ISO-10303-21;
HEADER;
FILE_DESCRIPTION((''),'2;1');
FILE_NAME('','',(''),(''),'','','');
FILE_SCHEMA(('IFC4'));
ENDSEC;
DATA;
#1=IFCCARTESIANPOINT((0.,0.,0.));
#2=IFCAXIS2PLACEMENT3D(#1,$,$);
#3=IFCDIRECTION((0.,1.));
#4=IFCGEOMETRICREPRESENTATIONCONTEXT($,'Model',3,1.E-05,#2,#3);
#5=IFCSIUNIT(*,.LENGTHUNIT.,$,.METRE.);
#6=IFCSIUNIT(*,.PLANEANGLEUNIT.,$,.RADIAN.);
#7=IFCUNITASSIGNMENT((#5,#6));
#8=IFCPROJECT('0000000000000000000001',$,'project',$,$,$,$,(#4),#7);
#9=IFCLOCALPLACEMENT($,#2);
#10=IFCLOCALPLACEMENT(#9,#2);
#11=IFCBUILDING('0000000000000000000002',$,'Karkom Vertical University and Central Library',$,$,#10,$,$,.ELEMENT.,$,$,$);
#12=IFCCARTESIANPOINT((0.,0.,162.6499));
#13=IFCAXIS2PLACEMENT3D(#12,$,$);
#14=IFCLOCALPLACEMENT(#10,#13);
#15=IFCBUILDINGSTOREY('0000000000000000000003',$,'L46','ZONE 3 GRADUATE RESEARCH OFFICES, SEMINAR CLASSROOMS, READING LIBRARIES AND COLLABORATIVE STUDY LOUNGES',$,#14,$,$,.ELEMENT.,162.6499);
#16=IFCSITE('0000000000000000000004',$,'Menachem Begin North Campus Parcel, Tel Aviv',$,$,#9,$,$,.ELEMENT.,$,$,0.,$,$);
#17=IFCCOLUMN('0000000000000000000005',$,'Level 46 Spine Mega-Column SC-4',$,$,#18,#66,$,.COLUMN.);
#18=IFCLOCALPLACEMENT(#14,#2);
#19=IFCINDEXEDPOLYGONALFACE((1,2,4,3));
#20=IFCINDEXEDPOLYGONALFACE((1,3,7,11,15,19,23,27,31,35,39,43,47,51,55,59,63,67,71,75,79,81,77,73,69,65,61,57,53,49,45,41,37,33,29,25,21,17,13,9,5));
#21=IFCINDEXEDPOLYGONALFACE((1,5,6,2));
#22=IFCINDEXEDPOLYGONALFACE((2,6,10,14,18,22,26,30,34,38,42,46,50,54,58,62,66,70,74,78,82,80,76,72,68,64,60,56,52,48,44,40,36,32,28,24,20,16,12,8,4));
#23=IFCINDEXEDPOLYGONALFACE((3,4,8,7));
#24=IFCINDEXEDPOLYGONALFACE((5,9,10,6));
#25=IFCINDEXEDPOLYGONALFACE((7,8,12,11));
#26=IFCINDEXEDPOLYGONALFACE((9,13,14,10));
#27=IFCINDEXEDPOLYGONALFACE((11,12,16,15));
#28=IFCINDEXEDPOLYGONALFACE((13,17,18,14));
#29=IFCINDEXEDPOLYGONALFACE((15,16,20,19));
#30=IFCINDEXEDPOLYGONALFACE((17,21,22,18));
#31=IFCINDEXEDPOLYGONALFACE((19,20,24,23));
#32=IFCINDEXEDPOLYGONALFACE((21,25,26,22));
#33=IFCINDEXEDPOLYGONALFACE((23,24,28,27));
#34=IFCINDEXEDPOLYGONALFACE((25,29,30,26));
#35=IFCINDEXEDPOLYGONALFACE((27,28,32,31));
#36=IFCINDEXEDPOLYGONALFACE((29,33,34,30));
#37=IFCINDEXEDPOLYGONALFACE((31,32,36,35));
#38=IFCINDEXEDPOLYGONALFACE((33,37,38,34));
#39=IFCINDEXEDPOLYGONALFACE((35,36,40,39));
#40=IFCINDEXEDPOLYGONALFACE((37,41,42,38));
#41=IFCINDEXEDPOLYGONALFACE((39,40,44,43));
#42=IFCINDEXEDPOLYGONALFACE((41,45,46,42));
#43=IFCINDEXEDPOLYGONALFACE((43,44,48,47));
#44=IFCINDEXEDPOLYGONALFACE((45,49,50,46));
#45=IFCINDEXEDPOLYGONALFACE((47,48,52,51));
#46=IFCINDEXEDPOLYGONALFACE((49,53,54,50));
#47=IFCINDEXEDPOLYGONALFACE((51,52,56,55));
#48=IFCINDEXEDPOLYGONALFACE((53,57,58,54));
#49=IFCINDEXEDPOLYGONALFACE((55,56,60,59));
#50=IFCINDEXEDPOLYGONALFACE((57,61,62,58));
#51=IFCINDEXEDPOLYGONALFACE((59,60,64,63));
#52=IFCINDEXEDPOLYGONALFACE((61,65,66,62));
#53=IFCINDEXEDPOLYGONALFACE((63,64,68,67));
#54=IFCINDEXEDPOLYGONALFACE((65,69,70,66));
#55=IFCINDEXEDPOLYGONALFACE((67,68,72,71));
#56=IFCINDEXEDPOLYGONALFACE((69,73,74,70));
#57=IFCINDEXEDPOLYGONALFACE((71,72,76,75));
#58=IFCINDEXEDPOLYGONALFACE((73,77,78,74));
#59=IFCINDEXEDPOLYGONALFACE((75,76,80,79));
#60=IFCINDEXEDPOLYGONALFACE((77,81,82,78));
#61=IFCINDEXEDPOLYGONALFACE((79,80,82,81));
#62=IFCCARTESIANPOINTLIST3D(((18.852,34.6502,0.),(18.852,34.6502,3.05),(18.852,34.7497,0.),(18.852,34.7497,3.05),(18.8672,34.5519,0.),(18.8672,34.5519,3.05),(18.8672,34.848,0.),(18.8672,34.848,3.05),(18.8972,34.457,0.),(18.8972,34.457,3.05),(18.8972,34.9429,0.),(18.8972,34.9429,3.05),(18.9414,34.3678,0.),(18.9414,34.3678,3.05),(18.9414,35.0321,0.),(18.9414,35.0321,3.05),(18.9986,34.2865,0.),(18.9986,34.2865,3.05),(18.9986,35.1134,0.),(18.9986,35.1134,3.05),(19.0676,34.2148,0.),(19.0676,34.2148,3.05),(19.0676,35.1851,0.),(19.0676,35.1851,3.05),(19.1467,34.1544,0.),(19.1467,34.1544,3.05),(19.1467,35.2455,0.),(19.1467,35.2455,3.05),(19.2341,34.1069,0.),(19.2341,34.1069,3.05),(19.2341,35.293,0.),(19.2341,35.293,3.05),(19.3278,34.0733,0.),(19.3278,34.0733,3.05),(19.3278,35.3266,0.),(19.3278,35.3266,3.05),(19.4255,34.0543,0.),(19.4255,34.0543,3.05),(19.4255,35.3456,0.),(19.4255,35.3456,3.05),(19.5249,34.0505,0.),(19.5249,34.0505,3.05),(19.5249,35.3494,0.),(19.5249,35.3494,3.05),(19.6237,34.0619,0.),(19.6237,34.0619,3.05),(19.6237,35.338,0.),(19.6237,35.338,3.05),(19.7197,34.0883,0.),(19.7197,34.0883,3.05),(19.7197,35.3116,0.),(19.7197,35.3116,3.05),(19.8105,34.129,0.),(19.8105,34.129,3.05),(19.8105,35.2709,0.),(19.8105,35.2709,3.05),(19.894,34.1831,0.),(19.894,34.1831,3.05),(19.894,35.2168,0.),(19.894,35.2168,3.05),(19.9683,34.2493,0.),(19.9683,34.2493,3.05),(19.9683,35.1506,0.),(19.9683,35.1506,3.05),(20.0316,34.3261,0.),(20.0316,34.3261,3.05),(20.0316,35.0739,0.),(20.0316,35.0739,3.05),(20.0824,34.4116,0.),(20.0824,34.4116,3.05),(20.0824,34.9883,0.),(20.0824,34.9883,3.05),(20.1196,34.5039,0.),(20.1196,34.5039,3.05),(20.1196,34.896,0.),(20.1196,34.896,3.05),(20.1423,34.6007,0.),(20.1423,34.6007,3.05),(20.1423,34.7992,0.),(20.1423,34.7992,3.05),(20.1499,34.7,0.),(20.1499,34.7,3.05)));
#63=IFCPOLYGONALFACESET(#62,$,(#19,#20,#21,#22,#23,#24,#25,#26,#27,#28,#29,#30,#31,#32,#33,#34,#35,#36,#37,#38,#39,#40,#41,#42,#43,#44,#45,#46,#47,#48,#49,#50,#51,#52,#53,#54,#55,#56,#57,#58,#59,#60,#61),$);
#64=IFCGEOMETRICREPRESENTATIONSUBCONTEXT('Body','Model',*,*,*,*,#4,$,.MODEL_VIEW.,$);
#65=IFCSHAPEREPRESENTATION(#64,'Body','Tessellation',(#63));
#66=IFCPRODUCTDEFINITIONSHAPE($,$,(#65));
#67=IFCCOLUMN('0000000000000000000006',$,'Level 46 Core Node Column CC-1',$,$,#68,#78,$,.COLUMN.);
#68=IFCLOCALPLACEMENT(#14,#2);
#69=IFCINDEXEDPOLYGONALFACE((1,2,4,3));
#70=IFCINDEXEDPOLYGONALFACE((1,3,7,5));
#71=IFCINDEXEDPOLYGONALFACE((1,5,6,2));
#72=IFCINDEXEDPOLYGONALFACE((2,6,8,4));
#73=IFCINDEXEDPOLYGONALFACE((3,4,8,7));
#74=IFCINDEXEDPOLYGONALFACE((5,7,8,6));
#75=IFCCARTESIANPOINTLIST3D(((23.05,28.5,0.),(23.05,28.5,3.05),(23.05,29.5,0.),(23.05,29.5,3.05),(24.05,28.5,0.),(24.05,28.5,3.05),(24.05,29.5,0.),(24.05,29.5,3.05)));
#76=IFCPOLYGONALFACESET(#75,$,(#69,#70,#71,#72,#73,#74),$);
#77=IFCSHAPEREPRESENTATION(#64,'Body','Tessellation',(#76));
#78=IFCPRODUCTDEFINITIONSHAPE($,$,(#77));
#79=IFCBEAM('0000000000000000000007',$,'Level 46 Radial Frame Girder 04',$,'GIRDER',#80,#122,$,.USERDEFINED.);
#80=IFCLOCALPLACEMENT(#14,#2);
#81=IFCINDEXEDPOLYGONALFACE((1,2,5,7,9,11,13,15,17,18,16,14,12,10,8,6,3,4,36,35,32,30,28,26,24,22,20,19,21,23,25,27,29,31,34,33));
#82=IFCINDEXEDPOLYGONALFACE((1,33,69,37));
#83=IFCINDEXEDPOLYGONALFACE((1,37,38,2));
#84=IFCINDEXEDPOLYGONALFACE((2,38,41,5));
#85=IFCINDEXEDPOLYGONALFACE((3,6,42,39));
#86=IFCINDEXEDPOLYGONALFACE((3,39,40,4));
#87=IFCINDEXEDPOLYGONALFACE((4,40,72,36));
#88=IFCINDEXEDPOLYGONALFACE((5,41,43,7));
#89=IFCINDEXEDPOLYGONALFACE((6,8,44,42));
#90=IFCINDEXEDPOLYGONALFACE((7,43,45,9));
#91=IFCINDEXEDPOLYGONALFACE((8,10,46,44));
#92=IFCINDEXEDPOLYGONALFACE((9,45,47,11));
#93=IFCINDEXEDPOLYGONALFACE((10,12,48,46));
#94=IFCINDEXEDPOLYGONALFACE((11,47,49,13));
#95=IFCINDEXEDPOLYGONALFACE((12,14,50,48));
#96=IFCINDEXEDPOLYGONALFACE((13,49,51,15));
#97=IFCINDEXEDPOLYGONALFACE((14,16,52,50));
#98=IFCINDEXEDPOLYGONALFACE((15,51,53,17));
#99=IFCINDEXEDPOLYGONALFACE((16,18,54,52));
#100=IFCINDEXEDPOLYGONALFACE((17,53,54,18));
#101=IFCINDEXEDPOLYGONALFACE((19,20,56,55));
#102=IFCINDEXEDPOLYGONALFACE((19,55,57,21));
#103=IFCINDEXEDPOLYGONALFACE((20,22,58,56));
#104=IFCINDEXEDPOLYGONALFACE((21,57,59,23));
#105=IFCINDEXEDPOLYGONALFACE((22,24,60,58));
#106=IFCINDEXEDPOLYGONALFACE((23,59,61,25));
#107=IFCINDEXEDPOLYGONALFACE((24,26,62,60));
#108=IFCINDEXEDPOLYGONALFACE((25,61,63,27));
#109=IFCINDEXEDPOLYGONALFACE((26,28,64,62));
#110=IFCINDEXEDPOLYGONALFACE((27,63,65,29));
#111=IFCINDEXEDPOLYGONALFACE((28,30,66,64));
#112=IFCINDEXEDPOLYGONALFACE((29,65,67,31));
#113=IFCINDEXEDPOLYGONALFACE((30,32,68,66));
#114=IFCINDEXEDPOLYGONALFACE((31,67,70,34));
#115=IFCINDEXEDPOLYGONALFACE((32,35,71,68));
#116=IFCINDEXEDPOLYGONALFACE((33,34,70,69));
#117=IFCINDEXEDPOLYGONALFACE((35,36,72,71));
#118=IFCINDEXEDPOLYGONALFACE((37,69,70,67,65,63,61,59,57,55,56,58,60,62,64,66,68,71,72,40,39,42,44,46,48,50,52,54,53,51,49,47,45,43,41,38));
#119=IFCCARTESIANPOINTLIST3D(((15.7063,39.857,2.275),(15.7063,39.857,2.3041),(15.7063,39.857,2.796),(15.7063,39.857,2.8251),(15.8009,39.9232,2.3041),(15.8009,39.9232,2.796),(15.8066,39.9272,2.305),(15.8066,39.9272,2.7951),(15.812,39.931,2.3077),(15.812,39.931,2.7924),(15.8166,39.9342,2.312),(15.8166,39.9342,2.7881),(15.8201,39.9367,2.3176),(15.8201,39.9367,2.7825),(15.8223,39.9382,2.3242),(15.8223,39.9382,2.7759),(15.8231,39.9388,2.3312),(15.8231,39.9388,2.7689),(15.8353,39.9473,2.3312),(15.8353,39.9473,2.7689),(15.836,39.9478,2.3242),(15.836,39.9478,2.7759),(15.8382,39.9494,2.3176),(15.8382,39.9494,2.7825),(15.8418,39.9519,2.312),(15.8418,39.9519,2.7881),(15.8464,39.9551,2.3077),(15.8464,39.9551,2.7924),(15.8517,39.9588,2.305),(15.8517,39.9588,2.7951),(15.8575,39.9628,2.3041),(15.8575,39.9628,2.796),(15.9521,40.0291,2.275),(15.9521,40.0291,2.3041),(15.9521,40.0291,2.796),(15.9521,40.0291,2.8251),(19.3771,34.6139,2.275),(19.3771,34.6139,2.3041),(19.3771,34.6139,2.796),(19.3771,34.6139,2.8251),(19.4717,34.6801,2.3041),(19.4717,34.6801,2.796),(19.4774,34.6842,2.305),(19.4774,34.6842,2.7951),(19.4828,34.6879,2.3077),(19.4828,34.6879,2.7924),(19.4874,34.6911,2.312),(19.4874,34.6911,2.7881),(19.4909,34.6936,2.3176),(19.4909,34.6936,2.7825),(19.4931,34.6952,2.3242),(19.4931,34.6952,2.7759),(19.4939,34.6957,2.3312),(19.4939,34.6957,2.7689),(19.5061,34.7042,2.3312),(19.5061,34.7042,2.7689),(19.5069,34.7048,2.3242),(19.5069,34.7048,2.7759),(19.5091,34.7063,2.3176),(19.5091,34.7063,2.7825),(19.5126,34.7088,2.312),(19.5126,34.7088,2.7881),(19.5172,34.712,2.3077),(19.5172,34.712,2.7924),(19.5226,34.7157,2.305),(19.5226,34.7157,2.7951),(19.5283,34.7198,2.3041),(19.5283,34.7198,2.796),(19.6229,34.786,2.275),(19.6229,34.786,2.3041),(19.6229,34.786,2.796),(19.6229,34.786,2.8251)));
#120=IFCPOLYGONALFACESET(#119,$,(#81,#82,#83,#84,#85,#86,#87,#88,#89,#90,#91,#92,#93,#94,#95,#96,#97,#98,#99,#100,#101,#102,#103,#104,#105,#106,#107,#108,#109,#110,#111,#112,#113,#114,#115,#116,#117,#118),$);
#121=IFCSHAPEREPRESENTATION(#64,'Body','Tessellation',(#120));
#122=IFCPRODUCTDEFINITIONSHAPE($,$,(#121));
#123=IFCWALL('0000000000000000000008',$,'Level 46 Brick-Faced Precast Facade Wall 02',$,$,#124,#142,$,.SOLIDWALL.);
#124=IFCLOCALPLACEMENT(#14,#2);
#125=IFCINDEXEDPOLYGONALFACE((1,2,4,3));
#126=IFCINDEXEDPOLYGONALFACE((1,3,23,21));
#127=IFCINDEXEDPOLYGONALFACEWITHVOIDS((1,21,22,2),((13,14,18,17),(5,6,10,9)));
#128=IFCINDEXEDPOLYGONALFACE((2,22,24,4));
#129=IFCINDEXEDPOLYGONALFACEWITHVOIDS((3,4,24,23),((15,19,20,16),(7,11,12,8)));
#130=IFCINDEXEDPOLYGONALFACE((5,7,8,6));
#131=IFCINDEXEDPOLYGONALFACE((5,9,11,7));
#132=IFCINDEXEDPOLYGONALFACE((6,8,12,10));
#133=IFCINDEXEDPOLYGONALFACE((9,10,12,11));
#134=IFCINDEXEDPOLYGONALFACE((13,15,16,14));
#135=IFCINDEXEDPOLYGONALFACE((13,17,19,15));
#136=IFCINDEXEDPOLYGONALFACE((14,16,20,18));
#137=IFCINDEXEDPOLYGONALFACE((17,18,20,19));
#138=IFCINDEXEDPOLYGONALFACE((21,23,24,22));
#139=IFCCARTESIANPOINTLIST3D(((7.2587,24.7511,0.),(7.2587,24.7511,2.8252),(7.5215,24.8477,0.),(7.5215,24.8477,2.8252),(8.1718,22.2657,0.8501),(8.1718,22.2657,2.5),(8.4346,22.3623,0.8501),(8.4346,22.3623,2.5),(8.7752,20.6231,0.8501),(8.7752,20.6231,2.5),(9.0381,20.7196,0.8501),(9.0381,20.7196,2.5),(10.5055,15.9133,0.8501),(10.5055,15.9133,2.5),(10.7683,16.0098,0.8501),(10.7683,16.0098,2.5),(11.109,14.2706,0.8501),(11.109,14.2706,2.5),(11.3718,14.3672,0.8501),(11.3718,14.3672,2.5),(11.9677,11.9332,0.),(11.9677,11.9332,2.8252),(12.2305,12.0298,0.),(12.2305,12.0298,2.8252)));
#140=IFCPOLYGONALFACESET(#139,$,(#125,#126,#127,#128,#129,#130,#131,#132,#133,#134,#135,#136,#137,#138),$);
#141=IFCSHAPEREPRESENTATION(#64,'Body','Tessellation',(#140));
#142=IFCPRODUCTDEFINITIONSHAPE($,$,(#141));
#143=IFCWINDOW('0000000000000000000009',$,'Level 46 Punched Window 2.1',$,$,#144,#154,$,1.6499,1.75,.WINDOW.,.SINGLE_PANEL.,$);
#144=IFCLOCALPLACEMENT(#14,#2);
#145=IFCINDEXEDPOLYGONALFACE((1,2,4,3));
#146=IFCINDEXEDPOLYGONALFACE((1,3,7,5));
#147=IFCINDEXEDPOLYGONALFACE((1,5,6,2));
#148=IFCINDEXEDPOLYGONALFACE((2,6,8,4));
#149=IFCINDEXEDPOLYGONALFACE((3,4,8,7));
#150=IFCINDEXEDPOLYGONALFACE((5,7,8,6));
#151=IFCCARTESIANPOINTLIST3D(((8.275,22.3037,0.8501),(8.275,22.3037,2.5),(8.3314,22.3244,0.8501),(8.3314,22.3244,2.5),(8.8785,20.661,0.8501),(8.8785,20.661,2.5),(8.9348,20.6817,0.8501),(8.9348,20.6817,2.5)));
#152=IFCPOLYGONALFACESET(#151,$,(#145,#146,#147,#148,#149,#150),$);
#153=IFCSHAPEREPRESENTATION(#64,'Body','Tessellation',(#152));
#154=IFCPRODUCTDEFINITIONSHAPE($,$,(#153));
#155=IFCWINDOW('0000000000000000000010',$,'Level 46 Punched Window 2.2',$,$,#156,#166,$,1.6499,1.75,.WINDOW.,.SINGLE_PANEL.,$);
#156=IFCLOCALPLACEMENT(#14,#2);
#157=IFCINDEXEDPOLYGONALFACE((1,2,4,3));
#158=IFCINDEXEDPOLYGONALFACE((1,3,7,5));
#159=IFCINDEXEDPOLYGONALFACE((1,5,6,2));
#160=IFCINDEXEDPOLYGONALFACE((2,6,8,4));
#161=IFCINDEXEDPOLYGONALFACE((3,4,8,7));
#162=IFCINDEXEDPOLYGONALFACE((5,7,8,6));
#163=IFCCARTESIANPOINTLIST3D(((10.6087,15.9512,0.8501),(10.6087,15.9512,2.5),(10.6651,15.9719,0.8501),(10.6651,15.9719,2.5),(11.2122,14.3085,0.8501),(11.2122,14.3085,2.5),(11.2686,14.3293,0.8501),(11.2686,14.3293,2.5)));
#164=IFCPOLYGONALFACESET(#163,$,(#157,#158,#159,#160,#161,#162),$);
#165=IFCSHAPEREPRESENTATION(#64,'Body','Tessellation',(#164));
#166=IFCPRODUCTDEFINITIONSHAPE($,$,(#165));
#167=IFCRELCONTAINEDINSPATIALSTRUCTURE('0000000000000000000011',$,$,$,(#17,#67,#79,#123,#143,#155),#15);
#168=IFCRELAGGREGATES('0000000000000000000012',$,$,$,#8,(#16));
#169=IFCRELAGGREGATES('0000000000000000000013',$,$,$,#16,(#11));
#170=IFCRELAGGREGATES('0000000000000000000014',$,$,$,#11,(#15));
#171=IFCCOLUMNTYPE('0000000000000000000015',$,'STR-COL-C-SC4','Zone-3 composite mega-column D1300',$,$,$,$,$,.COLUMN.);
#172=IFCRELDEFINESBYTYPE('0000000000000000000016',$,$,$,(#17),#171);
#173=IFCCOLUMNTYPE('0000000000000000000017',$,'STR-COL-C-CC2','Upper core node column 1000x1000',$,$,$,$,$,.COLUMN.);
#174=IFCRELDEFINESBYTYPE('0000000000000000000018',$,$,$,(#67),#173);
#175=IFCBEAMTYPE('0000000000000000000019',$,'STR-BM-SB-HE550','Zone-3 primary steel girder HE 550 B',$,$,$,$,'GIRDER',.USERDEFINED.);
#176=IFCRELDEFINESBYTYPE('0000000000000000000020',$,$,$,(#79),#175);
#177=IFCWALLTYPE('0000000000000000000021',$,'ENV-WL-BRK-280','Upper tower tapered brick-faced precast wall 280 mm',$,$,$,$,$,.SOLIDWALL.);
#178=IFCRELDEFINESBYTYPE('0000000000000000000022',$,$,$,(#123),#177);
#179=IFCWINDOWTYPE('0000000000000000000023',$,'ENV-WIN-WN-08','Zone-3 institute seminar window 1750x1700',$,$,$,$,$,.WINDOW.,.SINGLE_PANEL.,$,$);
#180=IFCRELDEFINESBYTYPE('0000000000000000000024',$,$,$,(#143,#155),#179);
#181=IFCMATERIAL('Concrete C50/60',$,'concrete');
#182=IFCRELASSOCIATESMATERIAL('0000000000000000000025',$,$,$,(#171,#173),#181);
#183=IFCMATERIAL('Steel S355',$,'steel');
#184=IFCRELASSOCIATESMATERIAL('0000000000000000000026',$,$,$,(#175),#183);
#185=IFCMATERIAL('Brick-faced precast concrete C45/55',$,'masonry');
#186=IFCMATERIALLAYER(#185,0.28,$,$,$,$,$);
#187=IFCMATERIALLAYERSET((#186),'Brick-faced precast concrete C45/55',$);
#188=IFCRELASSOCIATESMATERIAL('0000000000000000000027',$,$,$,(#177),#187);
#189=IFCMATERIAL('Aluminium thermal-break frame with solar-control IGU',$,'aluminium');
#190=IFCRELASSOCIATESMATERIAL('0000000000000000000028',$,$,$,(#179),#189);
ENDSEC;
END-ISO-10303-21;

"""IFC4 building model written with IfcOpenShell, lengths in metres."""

from ifc_helpers import new_model, si_unit, direction, frame, frame_2d, origin, origin_with_axes, origin_2d, place, context, subcontext, project, spatial, rectangle, circle, i_section, extrude, source, transform, mapped, material, layer, layer_set, material_profile, profile_set, type_object, element, fill, save


model = new_model("IFC4")

# Units and contexts
model_context = context("Model", 3, precision=1e-05, world=origin(), true_north=direction((0.0, 1.0)))
body_context = subcontext(model_context, "Body", "Model", "MODEL_VIEW")
ifc_project = project(units=[si_unit("LENGTHUNIT", "METRE"), si_unit("PLANEANGLEUNIT", "RADIAN")], contexts=[model_context])

# Site, building, storey
site_placement = place(None, origin())
site = spatial("IfcSite", under=ifc_project, at=site_placement, Name="Menachem Begin North Campus Parcel, Tel Aviv", CompositionType="ELEMENT", RefElevation=0.0)
building_placement = place(site_placement, origin())
building = spatial("IfcBuilding", under=site, at=building_placement, Name="Karkom Vertical University and Central Library", CompositionType="ELEMENT")
storey_placement = place(building_placement, frame((0.0, 0.0, 162.6499)))
storey = spatial("IfcBuildingStorey", under=building, at=storey_placement, Name="L46", Description="ZONE 3 GRADUATE RESEARCH OFFICES, SEMINAR CLASSROOMS, READING LIBRARIES AND COLLABORATIVE STUDY LOUNGES", CompositionType="ELEMENT", Elevation=162.6499)

# Columns
ifc_material_1 = material(Name="Concrete C50/60", Category="concrete")
ifc_material_profile_1 = material_profile(ifc_material_1, circle(Radius=0.6499, at=origin_2d()), Name="CFT-D1300")
ifc_profile_set_1 = profile_set([ifc_material_profile_1], Name="Concrete C50/60")
column_type_1 = type_object("IfcColumnType", Name="STR-COL-C-SC4", Description="Zone-3 composite mega-column D1300", PredefinedType="COLUMN", material=ifc_profile_set_1)
shared_shape_1 = source(origin_with_axes(), body_context, "Body", "SweptSolid", [
    extrude(circle(Radius=0.6499, at=origin_2d()), origin(), (0.0, 0.0, 1.0), 3.05),
])
column_1_placement = place(storey_placement, frame((19.5, 34.7, 0.0), z_axis=(0.0, 0.0, 1.0), x_axis=(1.0, 0.0, 0.0)))
element("IfcColumn", 1, at=column_1_placement, inside=storey, type_object=column_type_1, Name="Level 46 Spine Mega-Column SC-4", PredefinedType="COLUMN", context=body_context, shape_type="MappedRepresentation", body=[
    mapped(shared_shape_1, transform((0.0, 0.0, 0.0), scale=1.0)),
])
ifc_material_profile_2 = material_profile(ifc_material_1, rectangle(XDim=1.0, YDim=1.0, at=origin_2d()), Name="RC-1000x1000")
ifc_profile_set_2 = profile_set([ifc_material_profile_2], Name="Concrete C50/60")
column_type_2 = type_object("IfcColumnType", Name="STR-COL-C-CC2", Description="Upper core node column 1000x1000", PredefinedType="COLUMN", material=ifc_profile_set_2)
shared_shape_2 = source(origin_with_axes(), body_context, "Body", "SweptSolid", [
    extrude(rectangle(XDim=1.0, YDim=1.0, at=origin_2d()), origin(), (0.0, 0.0, 1.0), 3.05),
])
column_2_placement = place(storey_placement, frame((23.55, 29.0, 0.0), z_axis=(0.0, 0.0, 1.0), x_axis=(1.0, 0.0, 0.0)))
element("IfcColumn", 2, at=column_2_placement, inside=storey, type_object=column_type_2, Name="Level 46 Core Node Column CC-1", PredefinedType="COLUMN", context=body_context, shape_type="MappedRepresentation", body=[
    mapped(shared_shape_2, transform((0.0, 0.0, 0.0), scale=1.0)),
])

# Beam
ifc_material_2 = material(Name="Steel S355", Category="steel")
ifc_material_profile_3 = material_profile(ifc_material_2, i_section(OverallWidth=0.3, OverallDepth=0.55, WebThickness=0.0149, FlangeThickness=0.0291, FilletRadius=0.0271, at=origin_2d()), Name="HE 550 B")
ifc_profile_set_3 = profile_set([ifc_material_profile_3], Name="Steel S355")
beam_type = type_object("IfcBeamType", Name="STR-BM-SB-HE550", Description="Zone-3 primary steel girder HE 550 B", ElementType="GIRDER", PredefinedType="USERDEFINED", material=ifc_profile_set_3)
shared_shape_3 = source(origin_with_axes(), body_context, "Body", "SweptSolid", [
    extrude(i_section(OverallWidth=0.3, OverallDepth=0.55, WebThickness=0.0149, FlangeThickness=0.0291, FilletRadius=0.0271, at=origin_2d()), origin(), (0.0, 0.0, 1.0), 6.4004),
])
beam_placement = place(storey_placement, frame((19.5, 34.7, 2.55), z_axis=(-0.573534, 0.819182, 0.0), x_axis=(-0.819182, -0.573534, 0.0)))
element("IfcBeam", 3, at=beam_placement, inside=storey, type_object=beam_type, Name="Level 46 Radial Frame Girder 04", ObjectType="GIRDER", PredefinedType="USERDEFINED", context=body_context, shape_type="MappedRepresentation", body=[
    mapped(shared_shape_3, transform((0.0, 0.0, 0.0), scale=1.0)),
])

# Wall, openings, windows
ifc_material_3 = material(Name="Brick-faced precast concrete C45/55", Category="masonry")
ifc_layer_1 = layer(ifc_material_3, 0.28)
ifc_layer_set_1 = layer_set([ifc_layer_1], Name="Brick-faced precast concrete C45/55")
wall_type_1 = type_object("IfcWallType", Name="ENV-WL-BRK-280", Description="Upper tower tapered brick-faced precast wall 280 mm", PredefinedType="SOLIDWALL", material=ifc_layer_set_1)
wall_1_placement = place(storey_placement, frame((7.3901, 24.7993, 0.0), z_axis=(0.0, 0.0, 1.0), x_axis=(0.344842, -0.938661, 0.0)))
wall_1 = element("IfcWall", 4, at=wall_1_placement, inside=storey, type_object=wall_type_1, Name="Level 46 Brick-Faced Precast Facade Wall 02", PredefinedType="SOLIDWALL", context=body_context, shape_type="SweptSolid", body=[
    extrude(rectangle(XDim=13.6555, YDim=0.28, at=frame_2d((6.8276, 0.0))), origin(), (0.0, 0.0, 1.0), 2.8252),
])
opening_1_placement = place(wall_1_placement, frame((2.6477, 0.0, 0.8501)))
opening_1 = element("IfcOpeningElement", 5, at=opening_1_placement, cuts=wall_1, PredefinedType="OPENING", context=body_context, shape_type="SweptSolid", body=[
    extrude(rectangle(XDim=1.75, YDim=1.6499, at=frame_2d((0.875, 0.825))), frame((0.0, 0.1499, 0.0), z_axis=(0.0, -1.0, 0.0), x_axis=(1.0, 0.0, 0.0)), (0.0, 0.0, 1.0), 0.3),
])
opening_2_placement = place(wall_1_placement, frame((9.4153, 0.0, 0.8501)))
opening_2 = element("IfcOpeningElement", 6, at=opening_2_placement, cuts=wall_1, PredefinedType="OPENING", context=body_context, shape_type="SweptSolid", body=[
    extrude(rectangle(XDim=1.75, YDim=1.6499, at=frame_2d((0.875, 0.825))), frame((0.0, 0.1499, 0.0), z_axis=(0.0, -1.0, 0.0), x_axis=(1.0, 0.0, 0.0)), (0.0, 0.0, 1.0), 0.3),
])
ifc_material_4 = material(Name="Aluminium thermal-break frame with solar-control IGU", Category="aluminium")
window_type = type_object("IfcWindowType", Name="ENV-WIN-WN-08", Description="Zone-3 institute seminar window 1750x1700", PartitioningType="SINGLE_PANEL", PredefinedType="WINDOW", material=ifc_material_4)
shared_shape_4 = source(origin_with_axes(), body_context, "Body", "SweptSolid", [
    extrude(rectangle(XDim=1.75, YDim=1.6499, at=frame_2d((0.875, 0.825))), frame((0.0, 0.03, 0.0), z_axis=(0.0, -1.0, 0.0), x_axis=(1.0, 0.0, 0.0)), (0.0, 0.0, 1.0), 0.0601),
])
window_1_placement = place(opening_1_placement, origin())
window_1 = element("IfcWindow", 7, at=window_1_placement, inside=storey, type_object=window_type, Name="Level 46 Punched Window 2.1", OverallHeight=1.6499, OverallWidth=1.75, PartitioningType="SINGLE_PANEL", PredefinedType="WINDOW", context=body_context, shape_type="MappedRepresentation", body=[
    mapped(shared_shape_4, transform((0.0, 0.0, 0.0), scale=1.0)),
])
fill(opening_1, window_1)
window_2_placement = place(opening_2_placement, origin())
window_2 = element("IfcWindow", 8, at=window_2_placement, inside=storey, type_object=window_type, Name="Level 46 Punched Window 2.2", OverallHeight=1.6499, OverallWidth=1.75, PartitioningType="SINGLE_PANEL", PredefinedType="WINDOW", context=body_context, shape_type="MappedRepresentation", body=[
    mapped(shared_shape_4, transform((0.0, 0.0, 0.0), scale=1.0)),
])
fill(opening_2, window_2)

save(model, "model.ifc")
